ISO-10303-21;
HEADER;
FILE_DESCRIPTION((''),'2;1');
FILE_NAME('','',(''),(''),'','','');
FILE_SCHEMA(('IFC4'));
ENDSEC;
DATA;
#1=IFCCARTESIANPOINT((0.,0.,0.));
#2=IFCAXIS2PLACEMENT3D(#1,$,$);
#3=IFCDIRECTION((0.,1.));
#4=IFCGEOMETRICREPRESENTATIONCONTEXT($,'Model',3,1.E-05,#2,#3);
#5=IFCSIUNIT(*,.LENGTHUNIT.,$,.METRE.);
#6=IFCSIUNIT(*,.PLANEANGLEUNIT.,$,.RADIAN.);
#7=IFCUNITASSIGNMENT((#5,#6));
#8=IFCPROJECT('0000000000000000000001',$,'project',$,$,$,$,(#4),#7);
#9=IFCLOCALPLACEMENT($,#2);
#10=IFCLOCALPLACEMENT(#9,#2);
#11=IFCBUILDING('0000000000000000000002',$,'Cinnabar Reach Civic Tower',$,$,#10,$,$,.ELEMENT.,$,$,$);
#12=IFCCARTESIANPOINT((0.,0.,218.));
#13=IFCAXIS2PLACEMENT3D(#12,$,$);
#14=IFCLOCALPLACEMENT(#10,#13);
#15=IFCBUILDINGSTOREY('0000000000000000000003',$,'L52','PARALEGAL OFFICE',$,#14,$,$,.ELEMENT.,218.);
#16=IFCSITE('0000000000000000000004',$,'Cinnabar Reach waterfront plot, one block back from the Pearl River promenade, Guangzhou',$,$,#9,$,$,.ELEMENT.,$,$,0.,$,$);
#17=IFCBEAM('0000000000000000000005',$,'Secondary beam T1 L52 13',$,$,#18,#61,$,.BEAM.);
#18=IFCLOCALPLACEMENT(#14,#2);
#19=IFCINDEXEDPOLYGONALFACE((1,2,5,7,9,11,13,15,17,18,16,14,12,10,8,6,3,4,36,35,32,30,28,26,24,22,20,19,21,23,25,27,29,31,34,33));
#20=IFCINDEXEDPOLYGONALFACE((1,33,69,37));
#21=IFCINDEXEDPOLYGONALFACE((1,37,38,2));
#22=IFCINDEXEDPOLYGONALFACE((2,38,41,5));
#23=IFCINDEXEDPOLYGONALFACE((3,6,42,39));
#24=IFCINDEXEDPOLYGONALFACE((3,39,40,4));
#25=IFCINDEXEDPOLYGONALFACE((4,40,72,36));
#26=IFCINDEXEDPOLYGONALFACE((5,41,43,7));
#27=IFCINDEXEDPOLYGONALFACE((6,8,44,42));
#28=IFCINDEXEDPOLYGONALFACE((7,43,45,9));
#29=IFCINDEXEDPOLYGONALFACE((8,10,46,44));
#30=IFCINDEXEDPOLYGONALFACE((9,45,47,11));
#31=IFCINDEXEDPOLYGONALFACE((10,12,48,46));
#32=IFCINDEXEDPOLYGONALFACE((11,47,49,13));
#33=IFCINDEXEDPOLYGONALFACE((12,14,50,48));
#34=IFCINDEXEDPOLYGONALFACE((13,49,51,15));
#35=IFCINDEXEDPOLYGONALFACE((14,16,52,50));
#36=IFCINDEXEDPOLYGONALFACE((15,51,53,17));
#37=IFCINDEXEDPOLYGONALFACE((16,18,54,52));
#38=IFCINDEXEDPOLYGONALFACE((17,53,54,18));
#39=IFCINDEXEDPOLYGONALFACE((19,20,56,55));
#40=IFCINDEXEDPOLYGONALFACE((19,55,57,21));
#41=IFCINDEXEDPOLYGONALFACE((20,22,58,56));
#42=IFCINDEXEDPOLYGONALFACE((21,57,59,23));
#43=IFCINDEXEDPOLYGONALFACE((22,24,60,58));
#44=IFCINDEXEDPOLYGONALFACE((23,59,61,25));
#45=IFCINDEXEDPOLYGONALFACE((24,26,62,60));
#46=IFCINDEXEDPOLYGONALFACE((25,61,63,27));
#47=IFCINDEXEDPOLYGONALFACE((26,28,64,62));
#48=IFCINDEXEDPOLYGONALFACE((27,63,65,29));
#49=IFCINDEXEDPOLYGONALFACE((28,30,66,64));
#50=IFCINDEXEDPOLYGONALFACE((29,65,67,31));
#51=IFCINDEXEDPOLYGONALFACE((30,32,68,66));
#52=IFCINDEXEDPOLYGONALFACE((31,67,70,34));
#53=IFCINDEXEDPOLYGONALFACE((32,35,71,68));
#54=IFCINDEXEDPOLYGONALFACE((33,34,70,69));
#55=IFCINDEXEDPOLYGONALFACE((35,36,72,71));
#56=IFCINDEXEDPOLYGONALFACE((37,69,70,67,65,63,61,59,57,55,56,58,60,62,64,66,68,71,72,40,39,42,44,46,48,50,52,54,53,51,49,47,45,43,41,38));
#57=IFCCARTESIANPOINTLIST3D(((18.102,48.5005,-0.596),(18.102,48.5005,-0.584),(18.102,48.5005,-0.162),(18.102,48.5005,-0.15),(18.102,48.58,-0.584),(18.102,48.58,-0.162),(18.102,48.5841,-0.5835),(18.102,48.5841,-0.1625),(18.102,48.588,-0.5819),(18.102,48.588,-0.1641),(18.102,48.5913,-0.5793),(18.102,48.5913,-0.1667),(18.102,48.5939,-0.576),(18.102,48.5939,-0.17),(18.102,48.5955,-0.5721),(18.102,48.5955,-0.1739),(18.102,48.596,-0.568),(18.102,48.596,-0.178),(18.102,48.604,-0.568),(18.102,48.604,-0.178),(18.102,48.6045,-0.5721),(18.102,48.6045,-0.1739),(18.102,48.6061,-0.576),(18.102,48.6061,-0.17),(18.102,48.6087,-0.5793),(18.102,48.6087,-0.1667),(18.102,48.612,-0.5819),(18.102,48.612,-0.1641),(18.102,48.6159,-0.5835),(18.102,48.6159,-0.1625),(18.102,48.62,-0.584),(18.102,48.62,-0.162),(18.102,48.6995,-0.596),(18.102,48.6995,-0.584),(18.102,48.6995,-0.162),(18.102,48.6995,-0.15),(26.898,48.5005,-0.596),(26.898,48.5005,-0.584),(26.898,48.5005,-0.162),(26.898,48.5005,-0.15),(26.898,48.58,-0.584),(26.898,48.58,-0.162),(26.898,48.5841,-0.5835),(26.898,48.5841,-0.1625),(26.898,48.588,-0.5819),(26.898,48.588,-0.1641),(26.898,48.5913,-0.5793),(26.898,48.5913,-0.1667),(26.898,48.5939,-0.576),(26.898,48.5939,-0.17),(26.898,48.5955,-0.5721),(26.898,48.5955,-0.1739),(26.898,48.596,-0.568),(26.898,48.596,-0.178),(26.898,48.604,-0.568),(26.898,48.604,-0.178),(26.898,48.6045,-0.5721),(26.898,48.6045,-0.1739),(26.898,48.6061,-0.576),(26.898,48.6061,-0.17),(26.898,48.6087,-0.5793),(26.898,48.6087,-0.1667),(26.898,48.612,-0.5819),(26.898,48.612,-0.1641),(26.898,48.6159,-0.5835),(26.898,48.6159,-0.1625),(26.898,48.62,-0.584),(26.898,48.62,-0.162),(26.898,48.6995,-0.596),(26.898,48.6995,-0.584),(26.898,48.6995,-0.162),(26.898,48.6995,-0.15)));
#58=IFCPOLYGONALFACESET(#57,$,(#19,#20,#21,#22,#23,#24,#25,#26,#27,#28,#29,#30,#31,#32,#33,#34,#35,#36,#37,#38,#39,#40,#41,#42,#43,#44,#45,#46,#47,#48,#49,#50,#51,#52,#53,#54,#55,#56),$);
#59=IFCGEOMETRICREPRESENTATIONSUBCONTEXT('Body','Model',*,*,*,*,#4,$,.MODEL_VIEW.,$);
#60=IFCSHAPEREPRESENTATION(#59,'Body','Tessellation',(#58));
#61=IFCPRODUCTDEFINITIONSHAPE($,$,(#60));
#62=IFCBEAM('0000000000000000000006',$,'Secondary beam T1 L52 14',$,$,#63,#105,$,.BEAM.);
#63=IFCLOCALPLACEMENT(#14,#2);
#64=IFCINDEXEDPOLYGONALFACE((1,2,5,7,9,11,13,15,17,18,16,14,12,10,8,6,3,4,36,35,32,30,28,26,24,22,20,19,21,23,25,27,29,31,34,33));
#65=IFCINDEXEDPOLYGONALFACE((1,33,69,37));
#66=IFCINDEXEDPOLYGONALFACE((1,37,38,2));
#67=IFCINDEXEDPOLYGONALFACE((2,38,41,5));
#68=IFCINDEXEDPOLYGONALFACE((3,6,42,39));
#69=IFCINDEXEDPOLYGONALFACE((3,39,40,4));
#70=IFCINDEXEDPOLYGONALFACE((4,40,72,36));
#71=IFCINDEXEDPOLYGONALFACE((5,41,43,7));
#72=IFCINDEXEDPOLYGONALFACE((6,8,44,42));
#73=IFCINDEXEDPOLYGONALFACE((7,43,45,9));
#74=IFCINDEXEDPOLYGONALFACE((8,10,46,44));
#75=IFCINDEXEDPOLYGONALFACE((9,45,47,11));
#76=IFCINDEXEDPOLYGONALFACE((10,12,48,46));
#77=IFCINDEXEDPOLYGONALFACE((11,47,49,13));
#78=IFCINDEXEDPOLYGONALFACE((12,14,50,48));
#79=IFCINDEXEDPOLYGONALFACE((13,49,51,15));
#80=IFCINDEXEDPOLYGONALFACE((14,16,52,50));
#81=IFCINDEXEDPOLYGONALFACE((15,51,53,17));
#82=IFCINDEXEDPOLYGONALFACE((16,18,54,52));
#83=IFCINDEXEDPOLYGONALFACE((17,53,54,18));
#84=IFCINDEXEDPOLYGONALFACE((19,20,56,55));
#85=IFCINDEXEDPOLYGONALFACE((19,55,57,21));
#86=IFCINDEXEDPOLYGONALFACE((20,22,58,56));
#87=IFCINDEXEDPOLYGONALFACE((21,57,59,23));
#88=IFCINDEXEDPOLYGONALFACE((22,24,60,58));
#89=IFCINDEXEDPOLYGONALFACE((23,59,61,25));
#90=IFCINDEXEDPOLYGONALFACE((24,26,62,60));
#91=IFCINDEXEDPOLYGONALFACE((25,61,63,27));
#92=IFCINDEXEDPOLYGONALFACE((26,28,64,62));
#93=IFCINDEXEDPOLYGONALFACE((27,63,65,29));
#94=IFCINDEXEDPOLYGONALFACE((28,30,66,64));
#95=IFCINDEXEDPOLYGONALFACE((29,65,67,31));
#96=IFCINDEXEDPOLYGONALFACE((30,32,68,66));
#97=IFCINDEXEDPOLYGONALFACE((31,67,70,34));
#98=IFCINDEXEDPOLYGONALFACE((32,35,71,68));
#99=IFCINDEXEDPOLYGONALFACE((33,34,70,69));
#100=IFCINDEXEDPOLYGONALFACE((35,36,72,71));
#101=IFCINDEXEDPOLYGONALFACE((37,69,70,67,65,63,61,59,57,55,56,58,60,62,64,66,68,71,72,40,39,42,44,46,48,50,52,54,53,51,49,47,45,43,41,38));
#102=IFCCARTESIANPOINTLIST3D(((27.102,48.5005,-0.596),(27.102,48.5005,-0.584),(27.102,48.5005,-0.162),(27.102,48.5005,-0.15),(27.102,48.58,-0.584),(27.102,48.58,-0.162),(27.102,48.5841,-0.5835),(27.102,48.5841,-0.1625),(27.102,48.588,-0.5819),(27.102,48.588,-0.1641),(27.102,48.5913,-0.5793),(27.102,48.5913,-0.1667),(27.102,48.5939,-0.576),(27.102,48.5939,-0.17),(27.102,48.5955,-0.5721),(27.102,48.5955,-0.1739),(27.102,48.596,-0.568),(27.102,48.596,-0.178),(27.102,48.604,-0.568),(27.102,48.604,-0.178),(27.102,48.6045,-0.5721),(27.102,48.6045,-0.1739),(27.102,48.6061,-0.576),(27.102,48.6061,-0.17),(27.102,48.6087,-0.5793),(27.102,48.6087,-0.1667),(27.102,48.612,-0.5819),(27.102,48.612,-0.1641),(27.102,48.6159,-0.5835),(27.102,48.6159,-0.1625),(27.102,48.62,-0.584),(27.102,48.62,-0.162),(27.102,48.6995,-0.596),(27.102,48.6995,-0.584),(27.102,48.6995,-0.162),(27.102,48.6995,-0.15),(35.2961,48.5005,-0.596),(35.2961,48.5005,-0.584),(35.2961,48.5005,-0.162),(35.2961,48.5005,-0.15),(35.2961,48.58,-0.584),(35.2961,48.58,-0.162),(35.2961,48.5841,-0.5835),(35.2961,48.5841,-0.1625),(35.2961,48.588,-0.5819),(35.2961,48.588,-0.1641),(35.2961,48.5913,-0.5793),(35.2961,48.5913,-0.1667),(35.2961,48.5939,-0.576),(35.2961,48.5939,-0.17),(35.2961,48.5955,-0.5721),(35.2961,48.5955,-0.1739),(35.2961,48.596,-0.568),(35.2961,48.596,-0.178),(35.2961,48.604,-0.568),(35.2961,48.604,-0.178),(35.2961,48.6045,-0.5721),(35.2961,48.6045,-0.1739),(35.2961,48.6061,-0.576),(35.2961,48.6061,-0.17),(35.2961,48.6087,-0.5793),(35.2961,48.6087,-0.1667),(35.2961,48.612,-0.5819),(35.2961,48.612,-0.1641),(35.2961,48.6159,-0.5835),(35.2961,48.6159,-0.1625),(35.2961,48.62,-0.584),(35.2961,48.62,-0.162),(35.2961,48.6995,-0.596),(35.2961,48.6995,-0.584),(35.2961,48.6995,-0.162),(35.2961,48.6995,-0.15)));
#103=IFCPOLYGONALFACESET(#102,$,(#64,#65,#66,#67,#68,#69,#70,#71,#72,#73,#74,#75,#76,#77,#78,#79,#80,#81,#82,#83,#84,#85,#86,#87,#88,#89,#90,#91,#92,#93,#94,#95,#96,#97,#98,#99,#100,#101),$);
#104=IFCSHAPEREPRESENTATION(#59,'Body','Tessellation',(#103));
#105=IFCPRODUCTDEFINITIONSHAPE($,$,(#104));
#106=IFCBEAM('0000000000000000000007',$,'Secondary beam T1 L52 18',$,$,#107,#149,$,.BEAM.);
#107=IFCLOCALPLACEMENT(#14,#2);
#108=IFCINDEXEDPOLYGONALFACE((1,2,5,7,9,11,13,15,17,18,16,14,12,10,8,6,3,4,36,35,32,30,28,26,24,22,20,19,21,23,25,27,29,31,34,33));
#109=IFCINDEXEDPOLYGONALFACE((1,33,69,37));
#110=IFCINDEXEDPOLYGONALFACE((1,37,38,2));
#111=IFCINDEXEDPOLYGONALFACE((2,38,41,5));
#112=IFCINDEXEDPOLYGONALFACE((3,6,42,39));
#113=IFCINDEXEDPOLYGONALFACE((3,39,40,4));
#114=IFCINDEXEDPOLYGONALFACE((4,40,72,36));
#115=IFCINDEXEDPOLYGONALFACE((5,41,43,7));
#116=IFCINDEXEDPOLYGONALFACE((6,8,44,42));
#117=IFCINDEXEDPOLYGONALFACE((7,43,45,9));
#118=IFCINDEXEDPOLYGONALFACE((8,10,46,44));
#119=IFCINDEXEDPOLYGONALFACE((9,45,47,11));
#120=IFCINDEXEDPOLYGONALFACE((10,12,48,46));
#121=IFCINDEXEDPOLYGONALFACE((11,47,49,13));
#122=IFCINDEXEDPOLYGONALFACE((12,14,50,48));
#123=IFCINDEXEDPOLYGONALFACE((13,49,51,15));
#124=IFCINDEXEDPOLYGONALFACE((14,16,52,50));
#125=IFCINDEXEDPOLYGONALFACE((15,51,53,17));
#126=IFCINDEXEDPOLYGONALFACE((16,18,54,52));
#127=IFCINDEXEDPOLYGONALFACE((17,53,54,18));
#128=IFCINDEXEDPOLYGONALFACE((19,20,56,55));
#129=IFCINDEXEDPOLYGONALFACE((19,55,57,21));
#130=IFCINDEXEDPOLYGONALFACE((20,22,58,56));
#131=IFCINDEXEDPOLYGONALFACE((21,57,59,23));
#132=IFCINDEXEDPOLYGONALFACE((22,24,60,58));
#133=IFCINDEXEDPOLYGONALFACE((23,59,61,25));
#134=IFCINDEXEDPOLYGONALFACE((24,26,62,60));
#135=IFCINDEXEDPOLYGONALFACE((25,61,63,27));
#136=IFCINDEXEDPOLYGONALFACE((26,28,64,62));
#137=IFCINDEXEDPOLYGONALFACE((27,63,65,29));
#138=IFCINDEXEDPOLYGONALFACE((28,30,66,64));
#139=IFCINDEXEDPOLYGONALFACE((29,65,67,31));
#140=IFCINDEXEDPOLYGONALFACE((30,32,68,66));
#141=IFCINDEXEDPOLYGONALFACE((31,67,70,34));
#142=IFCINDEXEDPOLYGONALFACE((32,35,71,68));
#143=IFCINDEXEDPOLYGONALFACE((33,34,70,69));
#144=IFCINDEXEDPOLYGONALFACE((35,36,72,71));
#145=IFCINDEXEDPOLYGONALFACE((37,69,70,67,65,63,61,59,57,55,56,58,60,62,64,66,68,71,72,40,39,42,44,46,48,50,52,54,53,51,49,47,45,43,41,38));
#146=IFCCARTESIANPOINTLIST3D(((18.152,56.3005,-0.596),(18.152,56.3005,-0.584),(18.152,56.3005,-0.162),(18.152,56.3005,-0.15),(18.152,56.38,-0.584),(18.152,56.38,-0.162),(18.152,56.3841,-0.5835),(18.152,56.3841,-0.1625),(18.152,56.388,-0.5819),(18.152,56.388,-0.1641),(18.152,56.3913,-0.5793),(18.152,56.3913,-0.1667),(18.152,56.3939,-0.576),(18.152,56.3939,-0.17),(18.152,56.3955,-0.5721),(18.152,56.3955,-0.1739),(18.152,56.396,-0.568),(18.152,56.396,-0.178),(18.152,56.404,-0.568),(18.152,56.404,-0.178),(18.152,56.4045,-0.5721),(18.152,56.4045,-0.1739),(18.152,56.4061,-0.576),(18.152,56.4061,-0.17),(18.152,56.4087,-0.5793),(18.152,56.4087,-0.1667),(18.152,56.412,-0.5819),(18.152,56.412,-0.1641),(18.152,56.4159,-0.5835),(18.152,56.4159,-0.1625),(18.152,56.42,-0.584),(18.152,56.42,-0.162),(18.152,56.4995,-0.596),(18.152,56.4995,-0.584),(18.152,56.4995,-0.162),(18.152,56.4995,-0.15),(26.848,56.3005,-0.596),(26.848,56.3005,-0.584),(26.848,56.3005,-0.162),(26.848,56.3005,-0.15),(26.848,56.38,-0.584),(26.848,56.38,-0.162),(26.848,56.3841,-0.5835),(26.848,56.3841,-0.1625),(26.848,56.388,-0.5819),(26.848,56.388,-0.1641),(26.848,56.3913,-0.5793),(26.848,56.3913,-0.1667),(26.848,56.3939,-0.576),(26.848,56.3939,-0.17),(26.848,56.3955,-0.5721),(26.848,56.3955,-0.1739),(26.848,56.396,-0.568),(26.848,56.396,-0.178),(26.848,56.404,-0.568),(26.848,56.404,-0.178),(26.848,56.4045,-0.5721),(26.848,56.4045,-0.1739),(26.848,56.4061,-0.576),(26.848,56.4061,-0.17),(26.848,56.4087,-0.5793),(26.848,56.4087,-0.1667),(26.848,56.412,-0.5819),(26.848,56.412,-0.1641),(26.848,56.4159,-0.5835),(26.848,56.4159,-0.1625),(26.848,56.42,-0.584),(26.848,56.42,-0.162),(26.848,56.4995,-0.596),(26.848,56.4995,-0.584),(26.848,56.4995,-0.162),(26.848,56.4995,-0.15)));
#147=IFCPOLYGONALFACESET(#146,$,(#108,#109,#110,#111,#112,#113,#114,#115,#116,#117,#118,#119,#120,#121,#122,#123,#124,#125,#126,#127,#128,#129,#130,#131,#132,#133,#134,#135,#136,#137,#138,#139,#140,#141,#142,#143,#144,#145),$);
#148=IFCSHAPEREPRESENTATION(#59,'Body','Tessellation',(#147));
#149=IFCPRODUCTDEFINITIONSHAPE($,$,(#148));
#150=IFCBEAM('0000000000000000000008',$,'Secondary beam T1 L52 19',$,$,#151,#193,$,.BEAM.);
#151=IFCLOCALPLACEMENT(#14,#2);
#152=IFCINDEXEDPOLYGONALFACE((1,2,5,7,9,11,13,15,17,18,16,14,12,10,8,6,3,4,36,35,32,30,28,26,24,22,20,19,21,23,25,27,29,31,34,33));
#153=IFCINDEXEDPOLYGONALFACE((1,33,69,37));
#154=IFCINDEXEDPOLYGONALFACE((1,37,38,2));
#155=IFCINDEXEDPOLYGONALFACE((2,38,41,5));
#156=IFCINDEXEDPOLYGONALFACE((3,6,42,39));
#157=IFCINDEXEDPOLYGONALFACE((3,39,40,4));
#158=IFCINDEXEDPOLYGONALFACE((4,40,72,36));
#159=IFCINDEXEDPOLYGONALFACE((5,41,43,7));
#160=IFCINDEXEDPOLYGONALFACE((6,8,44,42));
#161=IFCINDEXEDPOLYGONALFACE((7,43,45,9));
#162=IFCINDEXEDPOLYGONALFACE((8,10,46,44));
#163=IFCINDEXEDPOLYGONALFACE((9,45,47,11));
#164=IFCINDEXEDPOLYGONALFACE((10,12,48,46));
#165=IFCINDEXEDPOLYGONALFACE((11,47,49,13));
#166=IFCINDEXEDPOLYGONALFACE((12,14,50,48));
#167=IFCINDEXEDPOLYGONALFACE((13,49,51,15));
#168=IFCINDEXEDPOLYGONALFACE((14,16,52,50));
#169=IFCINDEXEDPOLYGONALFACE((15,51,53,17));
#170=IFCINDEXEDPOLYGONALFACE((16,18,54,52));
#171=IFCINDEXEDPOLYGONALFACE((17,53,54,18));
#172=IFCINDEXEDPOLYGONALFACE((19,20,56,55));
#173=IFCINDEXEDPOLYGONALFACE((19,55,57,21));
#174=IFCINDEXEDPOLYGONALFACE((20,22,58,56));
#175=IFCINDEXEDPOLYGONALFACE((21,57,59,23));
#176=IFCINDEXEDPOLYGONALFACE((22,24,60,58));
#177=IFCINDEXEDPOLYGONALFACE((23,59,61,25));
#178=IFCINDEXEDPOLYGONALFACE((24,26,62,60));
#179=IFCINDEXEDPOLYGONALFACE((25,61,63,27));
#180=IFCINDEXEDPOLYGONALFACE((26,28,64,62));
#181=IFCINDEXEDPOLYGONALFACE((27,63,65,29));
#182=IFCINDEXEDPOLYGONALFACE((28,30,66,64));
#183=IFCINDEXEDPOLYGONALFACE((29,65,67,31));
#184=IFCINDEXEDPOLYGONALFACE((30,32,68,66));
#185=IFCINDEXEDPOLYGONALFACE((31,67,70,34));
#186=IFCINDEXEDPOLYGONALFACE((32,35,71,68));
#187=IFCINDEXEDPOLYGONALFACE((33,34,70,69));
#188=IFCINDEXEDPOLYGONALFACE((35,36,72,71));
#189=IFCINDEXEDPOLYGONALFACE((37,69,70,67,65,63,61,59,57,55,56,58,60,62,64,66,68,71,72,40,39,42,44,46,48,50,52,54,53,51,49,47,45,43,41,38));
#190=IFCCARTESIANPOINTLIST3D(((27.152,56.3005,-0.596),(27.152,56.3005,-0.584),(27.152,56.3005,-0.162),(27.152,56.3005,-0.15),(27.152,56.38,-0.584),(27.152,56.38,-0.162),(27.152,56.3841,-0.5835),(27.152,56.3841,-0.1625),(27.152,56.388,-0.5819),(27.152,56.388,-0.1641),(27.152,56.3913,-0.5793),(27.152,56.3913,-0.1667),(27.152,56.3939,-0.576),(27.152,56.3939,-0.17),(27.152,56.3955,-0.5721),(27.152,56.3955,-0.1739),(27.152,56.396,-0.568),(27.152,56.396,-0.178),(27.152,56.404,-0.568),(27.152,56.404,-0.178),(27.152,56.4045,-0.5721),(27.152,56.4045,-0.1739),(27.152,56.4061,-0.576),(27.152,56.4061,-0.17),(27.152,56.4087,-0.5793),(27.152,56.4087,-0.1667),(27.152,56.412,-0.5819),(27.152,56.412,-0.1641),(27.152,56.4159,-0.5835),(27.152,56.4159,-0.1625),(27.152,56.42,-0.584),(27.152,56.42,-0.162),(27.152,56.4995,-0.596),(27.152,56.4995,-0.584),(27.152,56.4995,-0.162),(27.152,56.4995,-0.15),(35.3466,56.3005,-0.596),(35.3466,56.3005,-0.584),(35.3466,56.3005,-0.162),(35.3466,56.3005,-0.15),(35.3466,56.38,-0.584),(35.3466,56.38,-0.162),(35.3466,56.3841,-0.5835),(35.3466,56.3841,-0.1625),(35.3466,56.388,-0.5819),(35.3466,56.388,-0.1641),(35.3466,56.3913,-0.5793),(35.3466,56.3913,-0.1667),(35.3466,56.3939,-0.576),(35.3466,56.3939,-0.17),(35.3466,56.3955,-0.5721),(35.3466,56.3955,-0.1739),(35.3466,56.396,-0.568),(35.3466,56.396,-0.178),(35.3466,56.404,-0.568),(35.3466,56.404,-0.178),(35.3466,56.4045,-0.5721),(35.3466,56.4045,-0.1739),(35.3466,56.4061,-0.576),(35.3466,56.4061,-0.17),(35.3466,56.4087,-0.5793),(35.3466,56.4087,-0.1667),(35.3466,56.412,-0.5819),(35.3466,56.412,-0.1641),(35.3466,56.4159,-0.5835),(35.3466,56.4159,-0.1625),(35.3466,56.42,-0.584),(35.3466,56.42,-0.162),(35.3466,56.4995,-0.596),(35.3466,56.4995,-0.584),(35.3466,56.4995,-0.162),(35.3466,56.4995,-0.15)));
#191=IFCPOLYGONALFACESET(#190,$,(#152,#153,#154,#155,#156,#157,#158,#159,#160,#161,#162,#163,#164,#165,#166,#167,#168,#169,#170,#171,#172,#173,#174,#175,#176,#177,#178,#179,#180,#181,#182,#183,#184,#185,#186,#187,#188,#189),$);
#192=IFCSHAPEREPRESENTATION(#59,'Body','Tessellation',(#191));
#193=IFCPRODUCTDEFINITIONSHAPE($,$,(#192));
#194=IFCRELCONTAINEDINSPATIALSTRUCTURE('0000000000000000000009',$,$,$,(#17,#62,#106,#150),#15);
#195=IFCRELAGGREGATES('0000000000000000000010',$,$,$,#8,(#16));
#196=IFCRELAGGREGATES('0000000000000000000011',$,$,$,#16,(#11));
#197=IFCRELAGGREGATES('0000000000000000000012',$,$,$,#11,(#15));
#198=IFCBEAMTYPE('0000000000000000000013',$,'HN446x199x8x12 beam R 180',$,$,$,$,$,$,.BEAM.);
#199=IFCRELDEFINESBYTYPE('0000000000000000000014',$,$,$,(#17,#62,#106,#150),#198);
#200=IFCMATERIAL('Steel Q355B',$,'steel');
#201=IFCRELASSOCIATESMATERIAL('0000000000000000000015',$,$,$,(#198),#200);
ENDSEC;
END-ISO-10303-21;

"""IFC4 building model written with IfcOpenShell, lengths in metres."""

from ifc_helpers import new_model, si_unit, direction, frame, origin, origin_2d, place, context, subcontext, project, spatial, i_section, extrude, material, material_profile, profile_set, type_object, element, save


model = new_model("IFC4")

# Units and contexts
model_context = context("Model", 3, precision=1e-05, world=origin(), true_north=direction((0.0, 1.0)))
body_context = subcontext(model_context, "Body", "Model", "MODEL_VIEW")
ifc_project = project(units=[si_unit("LENGTHUNIT", "METRE"), si_unit("PLANEANGLEUNIT", "RADIAN")], contexts=[model_context])

# Site, building, storey
site_placement = place(None, origin())
site = spatial("IfcSite", under=ifc_project, at=site_placement, Name="Cinnabar Reach waterfront plot, one block back from the Pearl River promenade, Guangzhou", CompositionType="ELEMENT", RefElevation=0.0)
building_placement = place(site_placement, origin())
building = spatial("IfcBuilding", under=site, at=building_placement, Name="Cinnabar Reach Civic Tower", CompositionType="ELEMENT")
storey_placement = place(building_placement, frame((0.0, 0.0, 218.0)))
storey = spatial("IfcBuildingStorey", under=building, at=storey_placement, Name="L52", Description="PARALEGAL OFFICE", CompositionType="ELEMENT", Elevation=218.0)

# Beams
ifc_material_1 = material(Name="Steel Q355B", Category="steel")
ifc_material_profile_1 = material_profile(ifc_material_1, i_section(OverallWidth=0.199, OverallDepth=0.446, WebThickness=0.008, FlangeThickness=0.012, FilletRadius=0.016, at=origin_2d()), Name="HN446x199x8x12")
ifc_profile_set_1 = profile_set([ifc_material_profile_1], Name="Steel Q355B")
beam_type_1 = type_object("IfcBeamType", Name="HN446x199x8x12 beam R 180", PredefinedType="BEAM", material=ifc_profile_set_1)
beam_1_placement = place(storey_placement, frame((18.102, 48.6, -0.373), z_axis=(1.0, 0.0, 0.0), x_axis=(0.0, 1.0, 0.0)))
element("IfcBeam", 1, at=beam_1_placement, inside=storey, type_object=beam_type_1, Name="Secondary beam T1 L52 13", PredefinedType="BEAM", context=body_context, shape_type="SweptSolid", body=[
    extrude(i_section(OverallWidth=0.199, OverallDepth=0.446, WebThickness=0.008, FlangeThickness=0.012, FilletRadius=0.016, at=origin_2d()), origin(), (0.0, 0.0, 1.0), 8.796),
])
beam_2_placement = place(storey_placement, frame((27.102, 48.6, -0.373), z_axis=(1.0, 0.0, 0.0), x_axis=(0.0, 1.0, 0.0)))
element("IfcBeam", 2, at=beam_2_placement, inside=storey, type_object=beam_type_1, Name="Secondary beam T1 L52 14", PredefinedType="BEAM", context=body_context, shape_type="SweptSolid", body=[
    extrude(i_section(OverallWidth=0.199, OverallDepth=0.446, WebThickness=0.008, FlangeThickness=0.012, FilletRadius=0.016, at=origin_2d()), origin(), (0.0, 0.0, 1.0), 8.1941),
])
beam_3_placement = place(storey_placement, frame((18.152, 56.4, -0.373), z_axis=(1.0, 0.0, 0.0), x_axis=(0.0, 1.0, 0.0)))
element("IfcBeam", 3, at=beam_3_placement, inside=storey, type_object=beam_type_1, Name="Secondary beam T1 L52 18", PredefinedType="BEAM", context=body_context, shape_type="SweptSolid", body=[
    extrude(i_section(OverallWidth=0.199, OverallDepth=0.446, WebThickness=0.008, FlangeThickness=0.012, FilletRadius=0.016, at=origin_2d()), origin(), (0.0, 0.0, 1.0), 8.696),
])
beam_4_placement = place(storey_placement, frame((27.152, 56.4, -0.373), z_axis=(1.0, 0.0, 0.0), x_axis=(0.0, 1.0, 0.0)))
element("IfcBeam", 4, at=beam_4_placement, inside=storey, type_object=beam_type_1, Name="Secondary beam T1 L52 19", PredefinedType="BEAM", context=body_context, shape_type="SweptSolid", body=[
    extrude(i_section(OverallWidth=0.199, OverallDepth=0.446, WebThickness=0.008, FlangeThickness=0.012, FilletRadius=0.016, at=origin_2d()), origin(), (0.0, 0.0, 1.0), 8.1946),
])

save(model, "model.ifc")
